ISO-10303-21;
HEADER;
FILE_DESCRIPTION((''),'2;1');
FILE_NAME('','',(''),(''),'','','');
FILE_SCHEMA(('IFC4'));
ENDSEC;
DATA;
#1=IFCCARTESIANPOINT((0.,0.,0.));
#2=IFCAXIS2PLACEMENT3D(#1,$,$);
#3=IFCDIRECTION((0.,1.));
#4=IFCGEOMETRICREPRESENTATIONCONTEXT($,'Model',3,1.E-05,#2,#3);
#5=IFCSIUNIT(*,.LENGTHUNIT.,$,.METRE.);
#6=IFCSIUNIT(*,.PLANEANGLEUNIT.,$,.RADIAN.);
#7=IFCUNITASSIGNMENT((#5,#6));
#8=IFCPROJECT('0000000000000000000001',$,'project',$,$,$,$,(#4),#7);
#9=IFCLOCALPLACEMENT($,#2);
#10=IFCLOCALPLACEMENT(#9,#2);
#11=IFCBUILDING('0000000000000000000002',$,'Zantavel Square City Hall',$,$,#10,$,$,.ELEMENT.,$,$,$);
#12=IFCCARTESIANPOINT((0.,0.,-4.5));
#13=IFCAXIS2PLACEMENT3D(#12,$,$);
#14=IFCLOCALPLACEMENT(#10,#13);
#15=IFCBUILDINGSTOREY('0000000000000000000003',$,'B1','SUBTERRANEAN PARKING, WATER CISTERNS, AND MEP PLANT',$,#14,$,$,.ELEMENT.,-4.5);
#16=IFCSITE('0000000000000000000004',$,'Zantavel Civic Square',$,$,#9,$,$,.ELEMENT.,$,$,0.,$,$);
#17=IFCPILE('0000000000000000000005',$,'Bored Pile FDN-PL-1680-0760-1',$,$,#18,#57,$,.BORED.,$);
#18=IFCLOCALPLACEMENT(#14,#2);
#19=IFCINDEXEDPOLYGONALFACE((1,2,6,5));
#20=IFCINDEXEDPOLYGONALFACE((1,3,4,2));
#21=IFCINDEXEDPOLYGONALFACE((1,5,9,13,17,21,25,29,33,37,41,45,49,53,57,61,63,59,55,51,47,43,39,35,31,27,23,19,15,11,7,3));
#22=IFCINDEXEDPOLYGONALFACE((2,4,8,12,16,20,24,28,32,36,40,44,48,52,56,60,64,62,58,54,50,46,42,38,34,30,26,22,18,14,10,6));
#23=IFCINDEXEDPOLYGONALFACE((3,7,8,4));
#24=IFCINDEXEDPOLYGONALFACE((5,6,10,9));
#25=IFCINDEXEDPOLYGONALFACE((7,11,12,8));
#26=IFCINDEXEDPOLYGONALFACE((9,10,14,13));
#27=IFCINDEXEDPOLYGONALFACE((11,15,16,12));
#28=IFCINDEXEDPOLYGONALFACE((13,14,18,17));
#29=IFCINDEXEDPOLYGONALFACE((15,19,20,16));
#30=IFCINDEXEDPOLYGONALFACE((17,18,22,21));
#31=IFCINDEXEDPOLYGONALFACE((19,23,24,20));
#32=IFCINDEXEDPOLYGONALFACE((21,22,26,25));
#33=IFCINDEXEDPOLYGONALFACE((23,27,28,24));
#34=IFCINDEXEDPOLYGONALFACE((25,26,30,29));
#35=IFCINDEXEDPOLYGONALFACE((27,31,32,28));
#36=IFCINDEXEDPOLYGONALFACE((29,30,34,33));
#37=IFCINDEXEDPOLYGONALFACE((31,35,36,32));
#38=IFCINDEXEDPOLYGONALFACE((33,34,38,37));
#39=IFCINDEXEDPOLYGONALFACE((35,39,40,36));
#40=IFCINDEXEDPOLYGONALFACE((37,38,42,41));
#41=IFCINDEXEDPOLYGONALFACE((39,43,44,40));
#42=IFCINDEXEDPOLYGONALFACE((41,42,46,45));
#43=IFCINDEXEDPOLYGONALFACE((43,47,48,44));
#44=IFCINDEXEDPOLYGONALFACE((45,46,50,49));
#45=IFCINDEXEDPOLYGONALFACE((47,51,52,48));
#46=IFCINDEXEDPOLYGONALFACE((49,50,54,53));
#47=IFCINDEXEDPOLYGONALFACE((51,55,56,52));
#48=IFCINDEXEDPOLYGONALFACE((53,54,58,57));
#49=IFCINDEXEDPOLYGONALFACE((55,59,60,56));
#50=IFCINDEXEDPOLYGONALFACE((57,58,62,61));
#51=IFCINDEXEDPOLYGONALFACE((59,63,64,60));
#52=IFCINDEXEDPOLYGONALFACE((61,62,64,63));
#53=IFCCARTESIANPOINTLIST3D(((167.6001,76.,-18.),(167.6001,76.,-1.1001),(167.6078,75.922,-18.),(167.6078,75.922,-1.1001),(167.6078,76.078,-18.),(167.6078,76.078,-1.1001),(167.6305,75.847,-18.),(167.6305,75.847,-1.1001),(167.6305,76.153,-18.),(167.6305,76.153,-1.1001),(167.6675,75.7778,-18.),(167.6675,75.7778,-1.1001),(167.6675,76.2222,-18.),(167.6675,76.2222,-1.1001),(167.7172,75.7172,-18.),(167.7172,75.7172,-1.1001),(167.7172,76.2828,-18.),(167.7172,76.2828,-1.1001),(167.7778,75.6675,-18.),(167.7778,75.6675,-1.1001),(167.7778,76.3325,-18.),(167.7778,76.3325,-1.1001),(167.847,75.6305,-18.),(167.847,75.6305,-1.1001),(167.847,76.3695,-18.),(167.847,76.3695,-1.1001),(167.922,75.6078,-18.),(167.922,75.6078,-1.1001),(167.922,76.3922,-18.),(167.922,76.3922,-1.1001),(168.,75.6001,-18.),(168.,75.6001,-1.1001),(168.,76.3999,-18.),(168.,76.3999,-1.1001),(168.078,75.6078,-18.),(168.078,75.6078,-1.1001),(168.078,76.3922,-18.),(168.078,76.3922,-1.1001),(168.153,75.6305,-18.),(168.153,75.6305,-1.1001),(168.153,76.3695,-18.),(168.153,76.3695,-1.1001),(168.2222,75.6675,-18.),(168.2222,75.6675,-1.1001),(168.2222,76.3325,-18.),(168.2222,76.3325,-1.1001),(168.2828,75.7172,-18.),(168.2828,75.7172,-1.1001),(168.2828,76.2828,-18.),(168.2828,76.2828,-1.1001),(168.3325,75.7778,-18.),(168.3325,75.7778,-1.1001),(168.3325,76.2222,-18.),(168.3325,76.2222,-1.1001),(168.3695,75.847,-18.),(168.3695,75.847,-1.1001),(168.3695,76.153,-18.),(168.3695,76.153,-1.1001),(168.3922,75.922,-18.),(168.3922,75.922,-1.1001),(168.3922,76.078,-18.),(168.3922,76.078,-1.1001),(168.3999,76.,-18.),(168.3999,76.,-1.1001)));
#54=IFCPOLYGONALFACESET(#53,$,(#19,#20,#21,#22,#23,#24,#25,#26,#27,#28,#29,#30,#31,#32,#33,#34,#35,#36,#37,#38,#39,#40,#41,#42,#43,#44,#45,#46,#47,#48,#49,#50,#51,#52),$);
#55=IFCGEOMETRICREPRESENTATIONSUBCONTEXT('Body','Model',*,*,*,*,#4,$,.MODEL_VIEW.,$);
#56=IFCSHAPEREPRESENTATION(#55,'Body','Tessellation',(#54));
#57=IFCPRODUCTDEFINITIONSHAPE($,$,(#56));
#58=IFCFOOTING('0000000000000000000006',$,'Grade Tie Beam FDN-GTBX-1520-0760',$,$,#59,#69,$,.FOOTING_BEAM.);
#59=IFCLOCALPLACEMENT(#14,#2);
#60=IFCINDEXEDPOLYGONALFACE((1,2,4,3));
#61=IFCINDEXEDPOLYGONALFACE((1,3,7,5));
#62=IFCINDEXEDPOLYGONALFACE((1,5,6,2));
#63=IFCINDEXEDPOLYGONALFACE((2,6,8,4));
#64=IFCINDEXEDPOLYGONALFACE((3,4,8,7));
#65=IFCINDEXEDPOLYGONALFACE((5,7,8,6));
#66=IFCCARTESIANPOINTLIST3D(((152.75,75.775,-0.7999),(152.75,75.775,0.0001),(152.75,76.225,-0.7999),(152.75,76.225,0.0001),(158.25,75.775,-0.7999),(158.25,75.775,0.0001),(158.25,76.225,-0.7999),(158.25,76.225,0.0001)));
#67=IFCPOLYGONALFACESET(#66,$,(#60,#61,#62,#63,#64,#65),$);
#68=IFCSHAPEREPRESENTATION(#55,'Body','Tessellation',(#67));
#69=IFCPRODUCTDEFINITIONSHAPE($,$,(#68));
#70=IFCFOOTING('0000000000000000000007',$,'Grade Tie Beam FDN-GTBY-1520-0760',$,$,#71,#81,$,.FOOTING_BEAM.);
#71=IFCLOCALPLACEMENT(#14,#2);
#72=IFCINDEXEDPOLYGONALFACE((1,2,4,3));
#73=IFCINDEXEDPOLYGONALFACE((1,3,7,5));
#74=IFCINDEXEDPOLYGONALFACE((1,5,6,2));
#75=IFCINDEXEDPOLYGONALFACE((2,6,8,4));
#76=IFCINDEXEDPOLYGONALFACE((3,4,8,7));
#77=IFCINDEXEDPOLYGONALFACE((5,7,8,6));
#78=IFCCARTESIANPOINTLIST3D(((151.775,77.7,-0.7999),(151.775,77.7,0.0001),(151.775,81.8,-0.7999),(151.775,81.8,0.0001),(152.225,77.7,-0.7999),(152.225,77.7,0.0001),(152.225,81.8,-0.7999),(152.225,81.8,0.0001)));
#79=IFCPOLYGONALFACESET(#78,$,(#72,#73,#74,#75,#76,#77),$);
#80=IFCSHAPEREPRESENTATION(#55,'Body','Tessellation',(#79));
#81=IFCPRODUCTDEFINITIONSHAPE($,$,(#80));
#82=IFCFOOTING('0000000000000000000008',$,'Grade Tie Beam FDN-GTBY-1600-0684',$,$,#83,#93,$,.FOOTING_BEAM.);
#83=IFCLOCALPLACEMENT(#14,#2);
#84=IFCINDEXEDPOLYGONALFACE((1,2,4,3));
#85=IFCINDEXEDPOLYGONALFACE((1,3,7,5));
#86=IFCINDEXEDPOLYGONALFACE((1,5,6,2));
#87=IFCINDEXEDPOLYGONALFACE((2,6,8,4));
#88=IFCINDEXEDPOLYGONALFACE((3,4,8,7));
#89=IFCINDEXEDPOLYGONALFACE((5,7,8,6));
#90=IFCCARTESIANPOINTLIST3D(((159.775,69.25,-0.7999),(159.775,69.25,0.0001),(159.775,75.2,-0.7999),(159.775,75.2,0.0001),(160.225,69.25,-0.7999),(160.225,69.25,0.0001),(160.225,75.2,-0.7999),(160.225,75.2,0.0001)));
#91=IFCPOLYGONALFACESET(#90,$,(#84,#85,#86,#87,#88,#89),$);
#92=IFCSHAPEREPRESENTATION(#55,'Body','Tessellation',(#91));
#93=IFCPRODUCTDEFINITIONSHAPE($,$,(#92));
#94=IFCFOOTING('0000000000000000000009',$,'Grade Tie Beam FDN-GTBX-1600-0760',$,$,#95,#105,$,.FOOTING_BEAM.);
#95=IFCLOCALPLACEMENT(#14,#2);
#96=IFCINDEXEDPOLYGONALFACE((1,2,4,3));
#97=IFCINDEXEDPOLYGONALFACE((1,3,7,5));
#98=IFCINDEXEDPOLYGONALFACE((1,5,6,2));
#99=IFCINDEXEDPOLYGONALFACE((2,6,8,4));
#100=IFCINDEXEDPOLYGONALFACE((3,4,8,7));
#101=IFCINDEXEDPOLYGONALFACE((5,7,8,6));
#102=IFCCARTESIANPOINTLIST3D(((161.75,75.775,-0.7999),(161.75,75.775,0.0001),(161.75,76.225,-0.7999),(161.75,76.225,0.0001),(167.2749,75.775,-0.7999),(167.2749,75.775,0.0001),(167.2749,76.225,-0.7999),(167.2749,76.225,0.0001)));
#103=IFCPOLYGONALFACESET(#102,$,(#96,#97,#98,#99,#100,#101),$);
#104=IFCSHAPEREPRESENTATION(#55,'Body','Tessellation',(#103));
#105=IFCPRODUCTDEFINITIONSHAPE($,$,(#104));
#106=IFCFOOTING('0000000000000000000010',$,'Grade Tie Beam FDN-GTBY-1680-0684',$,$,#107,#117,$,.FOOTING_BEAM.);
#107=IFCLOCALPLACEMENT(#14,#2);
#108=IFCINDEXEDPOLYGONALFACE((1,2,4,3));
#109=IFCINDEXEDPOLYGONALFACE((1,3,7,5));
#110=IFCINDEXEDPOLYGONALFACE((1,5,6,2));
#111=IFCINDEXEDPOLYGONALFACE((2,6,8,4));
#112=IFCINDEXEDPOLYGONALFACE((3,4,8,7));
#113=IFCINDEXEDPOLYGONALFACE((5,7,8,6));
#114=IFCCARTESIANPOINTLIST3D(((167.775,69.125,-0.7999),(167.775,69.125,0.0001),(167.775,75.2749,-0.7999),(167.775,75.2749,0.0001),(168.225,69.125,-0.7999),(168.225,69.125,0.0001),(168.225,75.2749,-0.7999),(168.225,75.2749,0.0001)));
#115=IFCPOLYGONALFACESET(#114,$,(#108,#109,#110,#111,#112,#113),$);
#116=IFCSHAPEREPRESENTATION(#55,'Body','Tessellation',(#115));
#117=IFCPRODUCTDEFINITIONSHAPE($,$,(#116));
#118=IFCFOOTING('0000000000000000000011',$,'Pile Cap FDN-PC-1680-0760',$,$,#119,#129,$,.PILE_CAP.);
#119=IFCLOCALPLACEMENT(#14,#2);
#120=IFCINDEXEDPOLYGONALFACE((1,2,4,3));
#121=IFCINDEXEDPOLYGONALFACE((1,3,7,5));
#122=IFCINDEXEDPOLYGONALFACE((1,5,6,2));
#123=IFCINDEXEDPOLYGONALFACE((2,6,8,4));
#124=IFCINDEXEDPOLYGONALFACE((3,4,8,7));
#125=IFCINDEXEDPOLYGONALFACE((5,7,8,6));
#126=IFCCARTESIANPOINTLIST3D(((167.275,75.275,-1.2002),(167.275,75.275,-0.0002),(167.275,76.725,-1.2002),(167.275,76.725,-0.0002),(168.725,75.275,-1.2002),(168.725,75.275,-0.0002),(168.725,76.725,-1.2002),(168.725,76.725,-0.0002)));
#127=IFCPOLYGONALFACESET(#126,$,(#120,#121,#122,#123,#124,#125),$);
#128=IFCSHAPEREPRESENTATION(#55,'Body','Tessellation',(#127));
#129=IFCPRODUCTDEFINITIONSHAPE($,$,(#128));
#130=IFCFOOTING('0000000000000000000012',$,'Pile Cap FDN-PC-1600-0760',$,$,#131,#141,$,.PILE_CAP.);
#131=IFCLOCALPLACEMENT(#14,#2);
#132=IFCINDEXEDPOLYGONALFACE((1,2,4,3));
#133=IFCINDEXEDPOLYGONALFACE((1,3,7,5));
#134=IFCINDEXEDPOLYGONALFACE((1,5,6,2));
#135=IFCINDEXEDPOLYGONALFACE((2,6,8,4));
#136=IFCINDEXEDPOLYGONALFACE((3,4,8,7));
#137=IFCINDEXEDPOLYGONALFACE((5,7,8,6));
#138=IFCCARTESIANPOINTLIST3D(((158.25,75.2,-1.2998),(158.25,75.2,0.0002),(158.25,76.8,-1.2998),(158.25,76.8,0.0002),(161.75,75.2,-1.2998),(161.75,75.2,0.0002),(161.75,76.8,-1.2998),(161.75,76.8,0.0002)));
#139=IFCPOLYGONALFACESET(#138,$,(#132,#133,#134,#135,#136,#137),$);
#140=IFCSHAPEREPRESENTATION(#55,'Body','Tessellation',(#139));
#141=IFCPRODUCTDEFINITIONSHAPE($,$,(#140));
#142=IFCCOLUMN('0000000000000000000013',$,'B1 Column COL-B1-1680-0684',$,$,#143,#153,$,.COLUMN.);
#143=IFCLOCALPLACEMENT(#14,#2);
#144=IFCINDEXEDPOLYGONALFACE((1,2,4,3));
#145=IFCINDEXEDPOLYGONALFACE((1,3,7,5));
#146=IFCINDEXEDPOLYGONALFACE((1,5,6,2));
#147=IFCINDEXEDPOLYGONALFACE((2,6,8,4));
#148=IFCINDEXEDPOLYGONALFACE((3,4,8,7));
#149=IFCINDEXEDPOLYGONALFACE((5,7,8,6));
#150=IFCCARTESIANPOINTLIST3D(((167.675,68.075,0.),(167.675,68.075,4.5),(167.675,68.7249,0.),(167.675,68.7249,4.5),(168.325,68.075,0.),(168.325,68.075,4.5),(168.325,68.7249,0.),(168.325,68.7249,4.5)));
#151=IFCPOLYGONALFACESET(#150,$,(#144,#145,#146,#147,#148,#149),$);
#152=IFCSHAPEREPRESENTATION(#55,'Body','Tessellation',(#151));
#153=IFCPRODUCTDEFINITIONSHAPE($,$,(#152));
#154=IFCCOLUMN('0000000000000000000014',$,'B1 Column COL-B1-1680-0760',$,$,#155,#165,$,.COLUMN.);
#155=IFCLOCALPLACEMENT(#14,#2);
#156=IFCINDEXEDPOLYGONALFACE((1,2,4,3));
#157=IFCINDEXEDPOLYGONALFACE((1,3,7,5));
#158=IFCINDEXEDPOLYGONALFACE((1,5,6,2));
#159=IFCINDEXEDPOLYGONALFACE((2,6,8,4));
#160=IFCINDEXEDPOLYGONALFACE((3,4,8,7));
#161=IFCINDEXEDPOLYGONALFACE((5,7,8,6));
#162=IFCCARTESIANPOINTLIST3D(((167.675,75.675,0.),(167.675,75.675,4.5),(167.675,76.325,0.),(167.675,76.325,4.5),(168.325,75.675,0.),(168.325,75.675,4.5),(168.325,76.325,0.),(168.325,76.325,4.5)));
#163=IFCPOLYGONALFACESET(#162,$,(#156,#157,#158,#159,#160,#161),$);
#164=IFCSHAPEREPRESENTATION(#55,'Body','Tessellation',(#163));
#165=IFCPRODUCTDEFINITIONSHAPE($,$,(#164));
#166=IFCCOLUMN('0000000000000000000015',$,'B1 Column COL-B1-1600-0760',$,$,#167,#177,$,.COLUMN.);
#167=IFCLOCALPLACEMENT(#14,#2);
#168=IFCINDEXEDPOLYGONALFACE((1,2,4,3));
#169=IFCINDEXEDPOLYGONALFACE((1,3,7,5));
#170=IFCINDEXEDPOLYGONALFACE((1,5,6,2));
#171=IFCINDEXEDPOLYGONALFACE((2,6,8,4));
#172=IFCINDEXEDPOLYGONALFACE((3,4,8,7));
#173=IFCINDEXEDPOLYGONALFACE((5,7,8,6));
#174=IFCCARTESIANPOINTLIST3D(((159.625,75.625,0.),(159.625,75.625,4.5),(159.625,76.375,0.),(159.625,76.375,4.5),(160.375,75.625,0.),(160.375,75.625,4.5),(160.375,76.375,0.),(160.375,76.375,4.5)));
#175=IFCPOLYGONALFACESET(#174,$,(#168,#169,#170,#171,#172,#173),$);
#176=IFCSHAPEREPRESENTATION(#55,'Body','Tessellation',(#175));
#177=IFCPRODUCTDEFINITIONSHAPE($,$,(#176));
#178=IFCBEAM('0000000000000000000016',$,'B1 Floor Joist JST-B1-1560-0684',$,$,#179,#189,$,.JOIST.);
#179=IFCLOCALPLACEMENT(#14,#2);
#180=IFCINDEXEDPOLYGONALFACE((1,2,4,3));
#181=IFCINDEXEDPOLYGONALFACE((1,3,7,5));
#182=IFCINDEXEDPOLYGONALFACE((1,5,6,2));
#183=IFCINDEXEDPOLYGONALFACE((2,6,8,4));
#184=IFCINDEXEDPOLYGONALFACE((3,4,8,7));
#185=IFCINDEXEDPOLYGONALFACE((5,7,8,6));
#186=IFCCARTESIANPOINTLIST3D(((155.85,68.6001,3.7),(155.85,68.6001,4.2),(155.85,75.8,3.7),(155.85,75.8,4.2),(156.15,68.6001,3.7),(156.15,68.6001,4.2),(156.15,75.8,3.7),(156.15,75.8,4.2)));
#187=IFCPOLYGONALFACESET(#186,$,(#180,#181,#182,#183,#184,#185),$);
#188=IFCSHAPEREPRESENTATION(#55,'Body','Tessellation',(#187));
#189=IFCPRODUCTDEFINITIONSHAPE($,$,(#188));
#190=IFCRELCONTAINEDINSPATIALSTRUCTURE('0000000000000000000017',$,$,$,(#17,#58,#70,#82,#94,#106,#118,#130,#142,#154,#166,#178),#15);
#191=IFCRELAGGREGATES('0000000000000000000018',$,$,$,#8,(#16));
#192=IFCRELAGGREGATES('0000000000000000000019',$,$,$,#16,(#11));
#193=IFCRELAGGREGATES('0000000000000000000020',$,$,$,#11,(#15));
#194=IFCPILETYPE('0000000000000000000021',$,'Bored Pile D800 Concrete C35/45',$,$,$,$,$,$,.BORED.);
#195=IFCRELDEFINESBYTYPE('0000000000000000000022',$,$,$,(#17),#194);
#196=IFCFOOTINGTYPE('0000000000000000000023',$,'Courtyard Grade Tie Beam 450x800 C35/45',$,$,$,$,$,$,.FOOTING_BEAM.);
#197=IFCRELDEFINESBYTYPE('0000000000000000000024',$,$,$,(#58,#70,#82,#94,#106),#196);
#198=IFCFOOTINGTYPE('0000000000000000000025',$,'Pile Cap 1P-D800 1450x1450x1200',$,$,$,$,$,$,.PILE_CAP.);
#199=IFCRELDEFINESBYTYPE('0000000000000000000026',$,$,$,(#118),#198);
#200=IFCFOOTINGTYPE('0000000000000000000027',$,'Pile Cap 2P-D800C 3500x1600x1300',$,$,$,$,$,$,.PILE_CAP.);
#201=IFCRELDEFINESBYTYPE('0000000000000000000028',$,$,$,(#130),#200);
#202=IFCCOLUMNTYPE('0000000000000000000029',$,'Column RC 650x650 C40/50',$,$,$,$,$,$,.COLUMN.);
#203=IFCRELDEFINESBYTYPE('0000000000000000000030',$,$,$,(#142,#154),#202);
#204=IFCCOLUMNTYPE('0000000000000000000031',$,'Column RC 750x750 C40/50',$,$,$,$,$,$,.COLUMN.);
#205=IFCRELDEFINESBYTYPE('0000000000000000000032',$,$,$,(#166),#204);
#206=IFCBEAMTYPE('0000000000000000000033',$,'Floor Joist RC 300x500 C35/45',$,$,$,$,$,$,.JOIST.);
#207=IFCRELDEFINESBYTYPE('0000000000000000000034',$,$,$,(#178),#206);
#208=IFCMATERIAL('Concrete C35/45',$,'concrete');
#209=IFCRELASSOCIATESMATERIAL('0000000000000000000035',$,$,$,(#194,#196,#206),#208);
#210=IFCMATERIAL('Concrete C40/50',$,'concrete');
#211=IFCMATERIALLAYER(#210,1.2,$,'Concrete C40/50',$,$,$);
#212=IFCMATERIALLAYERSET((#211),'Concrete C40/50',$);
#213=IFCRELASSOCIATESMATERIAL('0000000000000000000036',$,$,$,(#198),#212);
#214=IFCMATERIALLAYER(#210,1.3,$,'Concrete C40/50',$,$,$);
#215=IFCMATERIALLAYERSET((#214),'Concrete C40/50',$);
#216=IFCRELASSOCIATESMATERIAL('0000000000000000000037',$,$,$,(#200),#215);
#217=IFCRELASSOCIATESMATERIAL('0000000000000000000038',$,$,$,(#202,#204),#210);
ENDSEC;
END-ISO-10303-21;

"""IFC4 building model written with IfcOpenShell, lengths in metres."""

from ifc_helpers import new_model, si_unit, direction, frame, origin, origin_2d, place, context, subcontext, project, spatial, rectangle, circle, extrude, material, layer, layer_set, material_profile, profile_set, type_object, element, save


model = new_model("IFC4")

# Units and contexts
model_context = context("Model", 3, precision=1e-05, world=origin(), true_north=direction((0.0, 1.0)))
body_context = subcontext(model_context, "Body", "Model", "MODEL_VIEW")
ifc_project = project(units=[si_unit("LENGTHUNIT", "METRE"), si_unit("PLANEANGLEUNIT", "RADIAN")], contexts=[model_context])

# Site, building, storey
site_placement = place(None, origin())
site = spatial("IfcSite", under=ifc_project, at=site_placement, Name="Zantavel Civic Square", CompositionType="ELEMENT", RefElevation=0.0)
building_placement = place(site_placement, origin())
building = spatial("IfcBuilding", under=site, at=building_placement, Name="Zantavel Square City Hall", CompositionType="ELEMENT")
storey_placement = place(building_placement, frame((0.0, 0.0, -4.5)))
storey = spatial("IfcBuildingStorey", under=building, at=storey_placement, Name="B1", Description="SUBTERRANEAN PARKING, WATER CISTERNS, AND MEP PLANT", CompositionType="ELEMENT", Elevation=-4.5)

# Pile
ifc_material_1 = material(Name="Concrete C35/45", Category="concrete")
ifc_material_profile_1 = material_profile(ifc_material_1, circle(Radius=0.3999, at=origin_2d()), Name="PILE D800")
ifc_profile_set_1 = profile_set([ifc_material_profile_1], Name="Concrete C35/45")
pile_type = type_object("IfcPileType", Name="Bored Pile D800 Concrete C35/45", PredefinedType="BORED", material=ifc_profile_set_1)
pile_1_placement = place(storey_placement, frame((168.0, 76.0, -1.1001), z_axis=(0.0, 0.0, -1.0), x_axis=(1.0, 0.0, 0.0)))
element("IfcPile", 1, at=pile_1_placement, inside=storey, type_object=pile_type, Name="Bored Pile FDN-PL-1680-0760-1", PredefinedType="BORED", context=body_context, shape_type="SweptSolid", body=[
    extrude(circle(Radius=0.3999, at=origin_2d()), origin(), (0.0, 0.0, 1.0), 16.8999),
])

# Footings
ifc_material_profile_2 = material_profile(ifc_material_1, rectangle(XDim=0.45, YDim=0.8, at=origin_2d()), Name="RC 450x800")
ifc_profile_set_2 = profile_set([ifc_material_profile_2], Name="Concrete C35/45")
footing_type_1 = type_object("IfcFootingType", Name="Courtyard Grade Tie Beam 450x800 C35/45", PredefinedType="FOOTING_BEAM", material=ifc_profile_set_2)
footing_1_placement = place(storey_placement, frame((152.75, 76.0, -0.3999), z_axis=(1.0, 0.0, 0.0), x_axis=(0.0, 1.0, 0.0)))
element("IfcFooting", 2, at=footing_1_placement, inside=storey, type_object=footing_type_1, Name="Grade Tie Beam FDN-GTBX-1520-0760", PredefinedType="FOOTING_BEAM", context=body_context, shape_type="SweptSolid", body=[
    extrude(rectangle(XDim=0.45, YDim=0.8, at=origin_2d()), origin(), (0.0, 0.0, 1.0), 5.5),
])
footing_2_placement = place(storey_placement, frame((152.0, 77.7, -0.3999), z_axis=(0.0, 1.0, 0.0), x_axis=(-1.0, 0.0, 0.0)))
element("IfcFooting", 3, at=footing_2_placement, inside=storey, type_object=footing_type_1, Name="Grade Tie Beam FDN-GTBY-1520-0760", PredefinedType="FOOTING_BEAM", context=body_context, shape_type="SweptSolid", body=[
    extrude(rectangle(XDim=0.45, YDim=0.8, at=origin_2d()), origin(), (0.0, 0.0, 1.0), 4.1001),
])
footing_3_placement = place(storey_placement, frame((160.0, 69.25, -0.3999), z_axis=(0.0, 1.0, 0.0), x_axis=(-1.0, 0.0, 0.0)))
element("IfcFooting", 4, at=footing_3_placement, inside=storey, type_object=footing_type_1, Name="Grade Tie Beam FDN-GTBY-1600-0684", PredefinedType="FOOTING_BEAM", context=body_context, shape_type="SweptSolid", body=[
    extrude(rectangle(XDim=0.45, YDim=0.8, at=origin_2d()), origin(), (0.0, 0.0, 1.0), 5.95),
])
footing_4_placement = place(storey_placement, frame((161.75, 76.0, -0.3999), z_axis=(1.0, 0.0, 0.0), x_axis=(0.0, 1.0, 0.0)))
element("IfcFooting", 5, at=footing_4_placement, inside=storey, type_object=footing_type_1, Name="Grade Tie Beam FDN-GTBX-1600-0760", PredefinedType="FOOTING_BEAM", context=body_context, shape_type="SweptSolid", body=[
    extrude(rectangle(XDim=0.45, YDim=0.8, at=origin_2d()), origin(), (0.0, 0.0, 1.0), 5.5249),
])
footing_5_placement = place(storey_placement, frame((168.0, 69.125, -0.3999), z_axis=(0.0, 1.0, 0.0), x_axis=(-1.0, 0.0, 0.0)))
element("IfcFooting", 6, at=footing_5_placement, inside=storey, type_object=footing_type_1, Name="Grade Tie Beam FDN-GTBY-1680-0684", PredefinedType="FOOTING_BEAM", context=body_context, shape_type="SweptSolid", body=[
    extrude(rectangle(XDim=0.45, YDim=0.8, at=origin_2d()), origin(), (0.0, 0.0, 1.0), 6.1499),
])
ifc_material_2 = material(Name="Concrete C40/50", Category="concrete")
ifc_layer_1 = layer(ifc_material_2, 1.2, Name="Concrete C40/50")
ifc_layer_set_1 = layer_set([ifc_layer_1], Name="Concrete C40/50")
footing_type_2 = type_object("IfcFootingType", Name="Pile Cap 1P-D800 1450x1450x1200", PredefinedType="PILE_CAP", material=ifc_layer_set_1)
footing_6_placement = place(storey_placement, frame((168.0, 76.0, -1.2002), z_axis=(0.0, 0.0, 1.0), x_axis=(1.0, 0.0, 0.0)))
element("IfcFooting", 7, at=footing_6_placement, inside=storey, type_object=footing_type_2, Name="Pile Cap FDN-PC-1680-0760", PredefinedType="PILE_CAP", context=body_context, shape_type="SweptSolid", body=[
    extrude(rectangle(XDim=1.45, YDim=1.45, at=origin_2d()), origin(), (0.0, 0.0, 1.0), 1.2),
])
ifc_layer_2 = layer(ifc_material_2, 1.3, Name="Concrete C40/50")
ifc_layer_set_2 = layer_set([ifc_layer_2], Name="Concrete C40/50")
footing_type_3 = type_object("IfcFootingType", Name="Pile Cap 2P-D800C 3500x1600x1300", PredefinedType="PILE_CAP", material=ifc_layer_set_2)
footing_7_placement = place(storey_placement, frame((160.0, 76.0, -1.2998), z_axis=(0.0, 0.0, 1.0), x_axis=(1.0, 0.0, 0.0)))
element("IfcFooting", 8, at=footing_7_placement, inside=storey, type_object=footing_type_3, Name="Pile Cap FDN-PC-1600-0760", PredefinedType="PILE_CAP", context=body_context, shape_type="SweptSolid", body=[
    extrude(rectangle(XDim=3.5, YDim=1.6001, at=origin_2d()), origin(), (0.0, 0.0, 1.0), 1.3),
])

# Columns
ifc_material_profile_3 = material_profile(ifc_material_2, rectangle(XDim=0.6499, YDim=0.6499, at=origin_2d()), Name="RC 650x650")
ifc_profile_set_3 = profile_set([ifc_material_profile_3], Name="Concrete C40/50")
column_type_1 = type_object("IfcColumnType", Name="Column RC 650x650 C40/50", PredefinedType="COLUMN", material=ifc_profile_set_3)
for number, where, z_axis, x_axis, name in (
    (9, (168.0, 68.3999, 0.0), (0.0, 0.0, 1.0), (1.0, 0.0, 0.0), "B1 Column COL-B1-1680-0684"),
    (10, (168.0, 76.0, 0.0), (0.0, 0.0, 1.0), (1.0, 0.0, 0.0), "B1 Column COL-B1-1680-0760"),
):
    element("IfcColumn", number, at=place(storey_placement, frame(where, z_axis=z_axis, x_axis=x_axis)), inside=storey, type_object=column_type_1, Name=name, PredefinedType="COLUMN", context=body_context, shape_type="SweptSolid", body=[
        extrude(rectangle(XDim=0.6499, YDim=0.6499, at=origin_2d()), origin(), (0.0, 0.0, 1.0), 4.5),
    ])
ifc_material_profile_4 = material_profile(ifc_material_2, rectangle(XDim=0.75, YDim=0.75, at=origin_2d()), Name="RC 750x750")
ifc_profile_set_4 = profile_set([ifc_material_profile_4], Name="Concrete C40/50")
column_type_2 = type_object("IfcColumnType", Name="Column RC 750x750 C40/50", PredefinedType="COLUMN", material=ifc_profile_set_4)
column_placement = place(storey_placement, frame((160.0, 76.0, 0.0), z_axis=(0.0, 0.0, 1.0), x_axis=(1.0, 0.0, 0.0)))
element("IfcColumn", 11, at=column_placement, inside=storey, type_object=column_type_2, Name="B1 Column COL-B1-1600-0760", PredefinedType="COLUMN", context=body_context, shape_type="SweptSolid", body=[
    extrude(rectangle(XDim=0.75, YDim=0.75, at=origin_2d()), origin(), (0.0, 0.0, 1.0), 4.5),
])

# Beam
ifc_material_profile_5 = material_profile(ifc_material_1, rectangle(XDim=0.3, YDim=0.5, at=origin_2d()), Name="RC 300x500")
ifc_profile_set_5 = profile_set([ifc_material_profile_5], Name="Concrete C35/45")
beam_type_1 = type_object("IfcBeamType", Name="Floor Joist RC 300x500 C35/45", PredefinedType="JOIST", material=ifc_profile_set_5)
for number, where, z_axis, x_axis, name in (
    (12, (156.0, 68.6001, 3.95), (0.0, 1.0, 0.0), (-1.0, 0.0, 0.0), "B1 Floor Joist JST-B1-1560-0684"),
):
    element("IfcBeam", number, at=place(storey_placement, frame(where, z_axis=z_axis, x_axis=x_axis)), inside=storey, type_object=beam_type_1, Name=name, PredefinedType="JOIST", context=body_context, shape_type="SweptSolid", body=[
        extrude(rectangle(XDim=0.3, YDim=0.5, at=origin_2d()), origin(), (0.0, 0.0, 1.0), 7.2),
    ])

save(model, "model.ifc")
